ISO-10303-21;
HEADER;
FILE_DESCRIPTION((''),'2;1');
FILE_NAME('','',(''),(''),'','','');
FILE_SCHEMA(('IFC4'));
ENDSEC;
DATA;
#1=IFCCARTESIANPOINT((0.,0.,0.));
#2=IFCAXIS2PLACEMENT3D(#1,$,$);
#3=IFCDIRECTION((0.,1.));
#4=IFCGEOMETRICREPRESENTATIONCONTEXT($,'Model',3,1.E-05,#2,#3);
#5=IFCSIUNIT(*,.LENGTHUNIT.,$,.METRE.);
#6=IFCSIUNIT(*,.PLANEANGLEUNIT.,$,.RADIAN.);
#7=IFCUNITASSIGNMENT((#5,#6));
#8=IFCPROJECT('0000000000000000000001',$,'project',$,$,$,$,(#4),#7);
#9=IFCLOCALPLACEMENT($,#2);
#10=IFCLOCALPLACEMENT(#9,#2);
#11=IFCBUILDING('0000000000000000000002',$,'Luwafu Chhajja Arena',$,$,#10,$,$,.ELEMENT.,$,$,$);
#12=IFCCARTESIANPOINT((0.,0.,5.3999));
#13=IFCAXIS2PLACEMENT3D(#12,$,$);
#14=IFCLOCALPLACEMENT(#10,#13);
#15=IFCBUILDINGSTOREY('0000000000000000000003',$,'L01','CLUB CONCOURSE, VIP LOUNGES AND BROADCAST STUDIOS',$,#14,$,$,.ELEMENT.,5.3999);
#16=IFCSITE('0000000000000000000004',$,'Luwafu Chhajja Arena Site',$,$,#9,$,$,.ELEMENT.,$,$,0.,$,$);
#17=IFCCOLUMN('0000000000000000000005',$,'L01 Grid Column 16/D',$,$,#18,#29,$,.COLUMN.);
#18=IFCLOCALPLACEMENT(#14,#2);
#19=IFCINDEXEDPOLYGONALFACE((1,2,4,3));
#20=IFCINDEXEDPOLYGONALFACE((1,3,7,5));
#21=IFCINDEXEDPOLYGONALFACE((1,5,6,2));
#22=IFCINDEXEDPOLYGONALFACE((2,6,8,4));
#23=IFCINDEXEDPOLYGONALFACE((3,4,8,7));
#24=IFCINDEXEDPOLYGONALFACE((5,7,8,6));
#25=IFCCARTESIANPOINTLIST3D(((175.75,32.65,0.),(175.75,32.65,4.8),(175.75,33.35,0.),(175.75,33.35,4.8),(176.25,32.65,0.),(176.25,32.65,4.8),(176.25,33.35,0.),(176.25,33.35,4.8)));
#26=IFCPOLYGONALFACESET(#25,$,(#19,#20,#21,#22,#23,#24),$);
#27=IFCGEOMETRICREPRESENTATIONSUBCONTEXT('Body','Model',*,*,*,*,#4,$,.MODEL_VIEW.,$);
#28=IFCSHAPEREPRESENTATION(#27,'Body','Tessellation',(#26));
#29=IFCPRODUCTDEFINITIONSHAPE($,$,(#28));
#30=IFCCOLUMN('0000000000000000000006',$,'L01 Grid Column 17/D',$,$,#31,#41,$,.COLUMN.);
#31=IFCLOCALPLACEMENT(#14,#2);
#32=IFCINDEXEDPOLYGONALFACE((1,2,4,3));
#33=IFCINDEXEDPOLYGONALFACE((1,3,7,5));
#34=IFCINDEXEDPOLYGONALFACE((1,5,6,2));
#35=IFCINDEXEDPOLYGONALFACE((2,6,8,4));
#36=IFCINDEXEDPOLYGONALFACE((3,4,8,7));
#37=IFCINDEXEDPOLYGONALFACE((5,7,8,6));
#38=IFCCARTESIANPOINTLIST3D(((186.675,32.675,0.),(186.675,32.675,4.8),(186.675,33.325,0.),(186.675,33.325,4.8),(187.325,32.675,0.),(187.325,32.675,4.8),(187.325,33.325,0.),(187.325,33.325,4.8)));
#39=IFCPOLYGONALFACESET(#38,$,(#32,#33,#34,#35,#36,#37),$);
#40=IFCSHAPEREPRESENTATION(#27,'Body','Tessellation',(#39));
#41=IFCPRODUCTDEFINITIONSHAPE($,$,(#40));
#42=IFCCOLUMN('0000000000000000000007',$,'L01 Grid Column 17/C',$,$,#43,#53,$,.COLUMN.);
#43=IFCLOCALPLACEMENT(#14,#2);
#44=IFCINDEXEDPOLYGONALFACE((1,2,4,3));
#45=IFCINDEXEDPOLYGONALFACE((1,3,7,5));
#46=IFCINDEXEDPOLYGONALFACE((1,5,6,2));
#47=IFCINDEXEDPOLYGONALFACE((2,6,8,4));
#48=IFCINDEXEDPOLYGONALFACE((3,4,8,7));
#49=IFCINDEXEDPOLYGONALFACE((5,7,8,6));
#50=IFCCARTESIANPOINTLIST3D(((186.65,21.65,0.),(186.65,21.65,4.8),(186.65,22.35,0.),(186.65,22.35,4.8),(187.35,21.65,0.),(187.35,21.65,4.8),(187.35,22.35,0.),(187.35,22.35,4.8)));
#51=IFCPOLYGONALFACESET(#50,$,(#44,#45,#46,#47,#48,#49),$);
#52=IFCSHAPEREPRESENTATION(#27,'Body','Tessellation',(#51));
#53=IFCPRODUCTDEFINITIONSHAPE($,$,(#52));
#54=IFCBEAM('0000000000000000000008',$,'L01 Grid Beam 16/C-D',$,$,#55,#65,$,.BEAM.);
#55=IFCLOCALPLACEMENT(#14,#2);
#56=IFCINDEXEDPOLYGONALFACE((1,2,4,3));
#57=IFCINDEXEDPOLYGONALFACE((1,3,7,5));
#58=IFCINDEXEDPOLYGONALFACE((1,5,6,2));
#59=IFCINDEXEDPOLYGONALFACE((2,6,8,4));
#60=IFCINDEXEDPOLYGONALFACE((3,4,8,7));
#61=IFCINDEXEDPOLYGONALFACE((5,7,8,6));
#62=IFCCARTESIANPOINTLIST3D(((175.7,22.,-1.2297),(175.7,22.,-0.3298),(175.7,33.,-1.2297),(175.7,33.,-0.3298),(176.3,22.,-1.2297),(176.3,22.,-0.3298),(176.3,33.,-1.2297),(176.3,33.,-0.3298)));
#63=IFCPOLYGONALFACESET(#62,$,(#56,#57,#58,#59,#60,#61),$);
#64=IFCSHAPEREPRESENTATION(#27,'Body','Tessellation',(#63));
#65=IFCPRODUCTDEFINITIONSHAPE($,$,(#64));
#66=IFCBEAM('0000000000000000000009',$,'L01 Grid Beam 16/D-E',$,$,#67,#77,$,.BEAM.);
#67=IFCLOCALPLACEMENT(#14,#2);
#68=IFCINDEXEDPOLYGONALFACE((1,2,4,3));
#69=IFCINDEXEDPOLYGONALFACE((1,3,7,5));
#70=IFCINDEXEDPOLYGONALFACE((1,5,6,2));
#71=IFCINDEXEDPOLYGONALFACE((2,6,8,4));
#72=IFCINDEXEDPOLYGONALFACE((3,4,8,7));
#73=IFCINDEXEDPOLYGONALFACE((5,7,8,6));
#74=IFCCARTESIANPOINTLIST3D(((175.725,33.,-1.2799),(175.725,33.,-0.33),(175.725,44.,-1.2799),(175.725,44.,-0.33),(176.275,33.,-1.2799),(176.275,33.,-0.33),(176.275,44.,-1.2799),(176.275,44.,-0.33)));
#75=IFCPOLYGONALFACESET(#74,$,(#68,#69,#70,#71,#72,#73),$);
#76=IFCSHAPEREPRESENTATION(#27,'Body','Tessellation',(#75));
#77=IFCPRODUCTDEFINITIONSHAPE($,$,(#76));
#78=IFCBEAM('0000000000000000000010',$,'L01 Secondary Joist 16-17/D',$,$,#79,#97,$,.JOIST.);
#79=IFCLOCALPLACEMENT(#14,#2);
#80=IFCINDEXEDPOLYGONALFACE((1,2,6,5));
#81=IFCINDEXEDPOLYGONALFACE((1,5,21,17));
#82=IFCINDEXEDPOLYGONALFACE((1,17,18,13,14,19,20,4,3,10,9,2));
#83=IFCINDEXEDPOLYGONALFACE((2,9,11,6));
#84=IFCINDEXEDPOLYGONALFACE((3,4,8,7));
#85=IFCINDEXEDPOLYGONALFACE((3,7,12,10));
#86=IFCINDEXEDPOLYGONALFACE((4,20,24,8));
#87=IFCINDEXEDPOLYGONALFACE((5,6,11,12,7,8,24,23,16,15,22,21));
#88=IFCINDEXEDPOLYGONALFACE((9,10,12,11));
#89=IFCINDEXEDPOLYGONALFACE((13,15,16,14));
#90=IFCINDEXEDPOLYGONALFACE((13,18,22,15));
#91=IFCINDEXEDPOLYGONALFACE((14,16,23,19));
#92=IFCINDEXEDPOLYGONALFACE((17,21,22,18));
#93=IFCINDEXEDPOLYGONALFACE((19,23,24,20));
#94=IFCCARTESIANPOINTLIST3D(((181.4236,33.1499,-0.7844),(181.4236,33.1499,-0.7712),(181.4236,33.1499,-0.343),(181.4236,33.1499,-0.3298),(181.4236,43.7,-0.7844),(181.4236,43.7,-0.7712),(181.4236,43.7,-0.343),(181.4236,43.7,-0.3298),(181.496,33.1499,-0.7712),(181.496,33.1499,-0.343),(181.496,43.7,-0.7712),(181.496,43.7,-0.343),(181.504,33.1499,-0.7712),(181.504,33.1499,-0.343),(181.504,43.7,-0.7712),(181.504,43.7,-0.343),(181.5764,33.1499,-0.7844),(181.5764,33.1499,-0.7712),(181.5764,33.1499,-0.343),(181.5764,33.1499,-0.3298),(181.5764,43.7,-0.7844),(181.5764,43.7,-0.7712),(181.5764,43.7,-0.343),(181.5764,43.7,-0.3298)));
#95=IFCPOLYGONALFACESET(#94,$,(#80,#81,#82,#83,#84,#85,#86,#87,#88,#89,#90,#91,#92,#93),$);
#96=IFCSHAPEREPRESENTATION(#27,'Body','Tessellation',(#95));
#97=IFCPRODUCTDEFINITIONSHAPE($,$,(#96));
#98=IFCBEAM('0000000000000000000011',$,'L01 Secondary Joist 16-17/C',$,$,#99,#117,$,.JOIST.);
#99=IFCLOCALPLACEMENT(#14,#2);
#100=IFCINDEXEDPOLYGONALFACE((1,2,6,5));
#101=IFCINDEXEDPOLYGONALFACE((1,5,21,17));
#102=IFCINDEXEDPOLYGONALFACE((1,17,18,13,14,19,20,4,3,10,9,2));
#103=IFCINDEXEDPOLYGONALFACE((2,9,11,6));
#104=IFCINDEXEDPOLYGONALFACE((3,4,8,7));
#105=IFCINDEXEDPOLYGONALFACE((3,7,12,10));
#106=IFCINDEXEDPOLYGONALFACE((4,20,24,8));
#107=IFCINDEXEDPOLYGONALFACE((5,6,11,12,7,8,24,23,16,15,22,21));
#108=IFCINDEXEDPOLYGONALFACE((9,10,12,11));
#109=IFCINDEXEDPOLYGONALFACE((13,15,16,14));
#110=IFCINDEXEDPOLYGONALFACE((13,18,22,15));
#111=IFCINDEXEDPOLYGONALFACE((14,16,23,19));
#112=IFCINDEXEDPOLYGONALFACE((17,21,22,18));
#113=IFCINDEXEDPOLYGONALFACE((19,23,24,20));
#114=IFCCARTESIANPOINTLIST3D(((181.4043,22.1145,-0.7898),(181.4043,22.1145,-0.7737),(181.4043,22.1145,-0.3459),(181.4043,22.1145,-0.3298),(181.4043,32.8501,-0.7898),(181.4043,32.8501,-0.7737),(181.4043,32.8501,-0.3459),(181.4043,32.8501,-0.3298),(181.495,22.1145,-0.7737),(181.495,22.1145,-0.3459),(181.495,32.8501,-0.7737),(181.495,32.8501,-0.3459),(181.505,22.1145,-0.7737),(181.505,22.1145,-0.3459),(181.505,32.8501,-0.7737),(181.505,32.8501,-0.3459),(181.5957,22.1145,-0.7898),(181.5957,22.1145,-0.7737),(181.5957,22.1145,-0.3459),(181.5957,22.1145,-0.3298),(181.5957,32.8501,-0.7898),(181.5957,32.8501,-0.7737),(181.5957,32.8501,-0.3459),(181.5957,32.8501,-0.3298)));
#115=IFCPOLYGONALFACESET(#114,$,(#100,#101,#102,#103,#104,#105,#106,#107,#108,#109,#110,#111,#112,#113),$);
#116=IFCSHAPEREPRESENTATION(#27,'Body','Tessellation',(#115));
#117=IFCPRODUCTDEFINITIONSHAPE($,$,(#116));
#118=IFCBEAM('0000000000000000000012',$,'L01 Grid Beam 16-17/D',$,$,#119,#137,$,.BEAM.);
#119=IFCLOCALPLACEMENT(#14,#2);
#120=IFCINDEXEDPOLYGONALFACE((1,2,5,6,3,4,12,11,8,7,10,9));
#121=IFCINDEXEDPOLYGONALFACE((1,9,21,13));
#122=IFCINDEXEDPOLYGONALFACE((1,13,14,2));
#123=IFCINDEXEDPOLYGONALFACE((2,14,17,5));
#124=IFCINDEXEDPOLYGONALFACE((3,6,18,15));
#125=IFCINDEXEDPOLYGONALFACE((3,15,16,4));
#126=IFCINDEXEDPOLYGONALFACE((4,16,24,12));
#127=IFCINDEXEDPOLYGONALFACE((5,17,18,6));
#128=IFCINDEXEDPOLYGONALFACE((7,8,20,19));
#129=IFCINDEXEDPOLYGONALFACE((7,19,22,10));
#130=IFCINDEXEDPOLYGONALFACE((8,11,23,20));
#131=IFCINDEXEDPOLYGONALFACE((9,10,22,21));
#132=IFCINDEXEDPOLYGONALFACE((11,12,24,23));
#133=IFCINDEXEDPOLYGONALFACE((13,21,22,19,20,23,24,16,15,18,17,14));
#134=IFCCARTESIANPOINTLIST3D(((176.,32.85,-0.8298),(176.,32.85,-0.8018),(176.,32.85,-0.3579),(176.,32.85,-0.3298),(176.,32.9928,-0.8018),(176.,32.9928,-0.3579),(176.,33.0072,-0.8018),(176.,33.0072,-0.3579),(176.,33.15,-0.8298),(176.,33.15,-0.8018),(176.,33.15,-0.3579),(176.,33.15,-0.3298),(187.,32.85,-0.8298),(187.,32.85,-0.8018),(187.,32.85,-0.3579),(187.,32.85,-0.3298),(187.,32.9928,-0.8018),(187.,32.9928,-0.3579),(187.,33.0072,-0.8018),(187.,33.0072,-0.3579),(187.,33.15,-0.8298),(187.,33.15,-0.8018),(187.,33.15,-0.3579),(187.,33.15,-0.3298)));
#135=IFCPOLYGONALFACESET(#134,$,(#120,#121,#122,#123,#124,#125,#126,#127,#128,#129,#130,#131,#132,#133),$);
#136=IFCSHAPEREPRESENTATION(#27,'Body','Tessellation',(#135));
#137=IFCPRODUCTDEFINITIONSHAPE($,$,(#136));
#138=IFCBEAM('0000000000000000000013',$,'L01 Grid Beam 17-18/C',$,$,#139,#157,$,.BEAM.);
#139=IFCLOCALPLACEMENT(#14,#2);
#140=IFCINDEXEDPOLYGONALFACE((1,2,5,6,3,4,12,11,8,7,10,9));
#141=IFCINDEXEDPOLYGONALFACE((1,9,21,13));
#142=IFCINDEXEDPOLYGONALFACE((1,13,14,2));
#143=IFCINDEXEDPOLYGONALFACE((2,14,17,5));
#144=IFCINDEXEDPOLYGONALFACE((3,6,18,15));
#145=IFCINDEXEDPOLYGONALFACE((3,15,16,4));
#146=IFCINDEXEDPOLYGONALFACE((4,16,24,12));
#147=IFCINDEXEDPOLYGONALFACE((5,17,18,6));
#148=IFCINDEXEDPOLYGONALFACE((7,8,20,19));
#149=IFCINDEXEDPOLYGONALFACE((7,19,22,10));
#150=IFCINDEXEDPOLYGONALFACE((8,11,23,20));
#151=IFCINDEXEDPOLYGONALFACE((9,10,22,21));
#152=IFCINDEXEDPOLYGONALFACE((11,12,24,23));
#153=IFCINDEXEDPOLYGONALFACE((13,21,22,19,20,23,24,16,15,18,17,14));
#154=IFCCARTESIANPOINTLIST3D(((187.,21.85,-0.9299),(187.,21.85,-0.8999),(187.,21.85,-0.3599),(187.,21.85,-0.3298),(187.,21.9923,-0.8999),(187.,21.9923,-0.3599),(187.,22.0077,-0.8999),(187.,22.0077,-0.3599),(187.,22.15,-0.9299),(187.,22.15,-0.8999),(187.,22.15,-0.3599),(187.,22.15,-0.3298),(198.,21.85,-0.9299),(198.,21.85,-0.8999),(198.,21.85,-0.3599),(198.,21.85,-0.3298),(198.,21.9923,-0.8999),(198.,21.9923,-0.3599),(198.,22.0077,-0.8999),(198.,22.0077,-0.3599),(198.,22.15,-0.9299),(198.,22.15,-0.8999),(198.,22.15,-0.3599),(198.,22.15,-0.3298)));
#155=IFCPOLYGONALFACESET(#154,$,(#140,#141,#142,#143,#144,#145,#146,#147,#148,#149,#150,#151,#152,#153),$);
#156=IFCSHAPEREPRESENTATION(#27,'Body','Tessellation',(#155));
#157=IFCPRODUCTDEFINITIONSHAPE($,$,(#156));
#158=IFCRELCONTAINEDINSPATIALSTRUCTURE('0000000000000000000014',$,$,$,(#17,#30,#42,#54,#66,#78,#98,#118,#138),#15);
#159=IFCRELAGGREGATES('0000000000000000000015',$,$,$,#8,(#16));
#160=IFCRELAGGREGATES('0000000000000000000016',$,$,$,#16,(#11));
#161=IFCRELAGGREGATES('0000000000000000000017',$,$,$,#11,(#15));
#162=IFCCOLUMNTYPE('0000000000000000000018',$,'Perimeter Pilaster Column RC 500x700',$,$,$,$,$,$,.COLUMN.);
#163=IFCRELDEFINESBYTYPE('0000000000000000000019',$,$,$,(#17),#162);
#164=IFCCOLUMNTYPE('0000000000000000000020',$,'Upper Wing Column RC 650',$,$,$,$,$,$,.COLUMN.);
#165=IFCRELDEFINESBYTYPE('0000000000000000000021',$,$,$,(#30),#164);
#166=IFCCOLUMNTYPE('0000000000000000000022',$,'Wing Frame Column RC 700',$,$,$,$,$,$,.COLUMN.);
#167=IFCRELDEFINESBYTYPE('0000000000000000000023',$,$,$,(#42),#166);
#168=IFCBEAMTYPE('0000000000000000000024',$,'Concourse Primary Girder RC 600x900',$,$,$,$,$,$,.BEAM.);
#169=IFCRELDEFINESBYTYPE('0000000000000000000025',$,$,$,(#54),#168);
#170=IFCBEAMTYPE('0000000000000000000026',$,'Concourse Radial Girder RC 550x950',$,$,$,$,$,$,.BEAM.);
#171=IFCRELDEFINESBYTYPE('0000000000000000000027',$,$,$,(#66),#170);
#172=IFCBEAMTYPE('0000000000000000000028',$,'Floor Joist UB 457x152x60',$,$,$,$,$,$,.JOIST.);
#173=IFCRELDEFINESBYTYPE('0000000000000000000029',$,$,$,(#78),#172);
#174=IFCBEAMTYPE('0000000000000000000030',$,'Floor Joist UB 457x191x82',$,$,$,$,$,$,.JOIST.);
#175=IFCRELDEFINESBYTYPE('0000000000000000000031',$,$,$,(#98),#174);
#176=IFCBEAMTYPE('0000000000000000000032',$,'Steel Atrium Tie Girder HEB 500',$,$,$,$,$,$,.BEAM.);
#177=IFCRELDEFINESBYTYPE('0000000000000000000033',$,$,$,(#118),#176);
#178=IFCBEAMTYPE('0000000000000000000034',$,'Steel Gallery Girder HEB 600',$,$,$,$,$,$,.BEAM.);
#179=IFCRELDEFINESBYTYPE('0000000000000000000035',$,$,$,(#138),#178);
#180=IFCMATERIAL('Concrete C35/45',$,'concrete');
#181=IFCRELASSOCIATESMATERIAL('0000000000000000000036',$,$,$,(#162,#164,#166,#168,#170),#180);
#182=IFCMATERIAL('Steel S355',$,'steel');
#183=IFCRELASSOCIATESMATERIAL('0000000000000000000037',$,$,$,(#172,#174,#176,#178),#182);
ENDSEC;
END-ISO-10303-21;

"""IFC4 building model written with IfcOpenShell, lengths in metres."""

from ifc_helpers import new_model, si_unit, direction, frame, origin, origin_2d, place, context, subcontext, project, spatial, rectangle, i_section, extrude, material, material_profile, profile_set, type_object, element, save


model = new_model("IFC4")

# Units and contexts
model_context = context("Model", 3, precision=1e-05, world=origin(), true_north=direction((0.0, 1.0)))
body_context = subcontext(model_context, "Body", "Model", "MODEL_VIEW")
ifc_project = project(units=[si_unit("LENGTHUNIT", "METRE"), si_unit("PLANEANGLEUNIT", "RADIAN")], contexts=[model_context])

# Site, building, storey
site_placement = place(None, origin())
site = spatial("IfcSite", under=ifc_project, at=site_placement, Name="Luwafu Chhajja Arena Site", CompositionType="ELEMENT", RefElevation=0.0)
building_placement = place(site_placement, origin())
building = spatial("IfcBuilding", under=site, at=building_placement, Name="Luwafu Chhajja Arena", CompositionType="ELEMENT")
storey_placement = place(building_placement, frame((0.0, 0.0, 5.3999)))
storey = spatial("IfcBuildingStorey", under=building, at=storey_placement, Name="L01", Description="CLUB CONCOURSE, VIP LOUNGES AND BROADCAST STUDIOS", CompositionType="ELEMENT", Elevation=5.3999)

# Columns
ifc_material_1 = material(Name="Concrete C35/45", Category="concrete")
ifc_material_profile_1 = material_profile(ifc_material_1, rectangle(XDim=0.5, YDim=0.7, at=origin_2d()), Name="RC 500x700")
ifc_profile_set_1 = profile_set([ifc_material_profile_1], Name="Concrete C35/45")
column_type_1 = type_object("IfcColumnType", Name="Perimeter Pilaster Column RC 500x700", PredefinedType="COLUMN", material=ifc_profile_set_1)
column_1_placement = place(storey_placement, frame((176.0, 33.0, 0.0), z_axis=(0.0, 0.0, 1.0), x_axis=(1.0, 0.0, 0.0)))
element("IfcColumn", 1, at=column_1_placement, inside=storey, type_object=column_type_1, Name="L01 Grid Column 16/D", PredefinedType="COLUMN", context=body_context, shape_type="SweptSolid", body=[
    extrude(rectangle(XDim=0.5, YDim=0.7, at=origin_2d()), origin(), (0.0, 0.0, 1.0), 4.8),
])
ifc_material_profile_2 = material_profile(ifc_material_1, rectangle(XDim=0.6499, YDim=0.6499, at=origin_2d()), Name="RC 650x650")
ifc_profile_set_2 = profile_set([ifc_material_profile_2], Name="Concrete C35/45")
column_type_2 = type_object("IfcColumnType", Name="Upper Wing Column RC 650", PredefinedType="COLUMN", material=ifc_profile_set_2)
column_2_placement = place(storey_placement, frame((187.0, 33.0, 0.0), z_axis=(0.0, 0.0, 1.0), x_axis=(1.0, 0.0, 0.0)))
element("IfcColumn", 2, at=column_2_placement, inside=storey, type_object=column_type_2, Name="L01 Grid Column 17/D", PredefinedType="COLUMN", context=body_context, shape_type="SweptSolid", body=[
    extrude(rectangle(XDim=0.6499, YDim=0.6499, at=origin_2d()), origin(), (0.0, 0.0, 1.0), 4.8),
])
ifc_material_profile_3 = material_profile(ifc_material_1, rectangle(XDim=0.7, YDim=0.7, at=origin_2d()), Name="RC 700x700")
ifc_profile_set_3 = profile_set([ifc_material_profile_3], Name="Concrete C35/45")
column_type_3 = type_object("IfcColumnType", Name="Wing Frame Column RC 700", PredefinedType="COLUMN", material=ifc_profile_set_3)
column_3_placement = place(storey_placement, frame((187.0, 22.0, 0.0), z_axis=(0.0, 0.0, 1.0), x_axis=(1.0, 0.0, 0.0)))
element("IfcColumn", 3, at=column_3_placement, inside=storey, type_object=column_type_3, Name="L01 Grid Column 17/C", PredefinedType="COLUMN", context=body_context, shape_type="SweptSolid", body=[
    extrude(rectangle(XDim=0.7, YDim=0.7, at=origin_2d()), origin(), (0.0, 0.0, 1.0), 4.8),
])

# Beams
ifc_material_profile_4 = material_profile(ifc_material_1, rectangle(XDim=0.6001, YDim=0.8999, at=origin_2d()), Name="RC 600x900")
ifc_profile_set_4 = profile_set([ifc_material_profile_4], Name="Concrete C35/45")
beam_type_1 = type_object("IfcBeamType", Name="Concourse Primary Girder RC 600x900", PredefinedType="BEAM", material=ifc_profile_set_4)
beam_1_placement = place(storey_placement, frame((176.0, 22.0, -0.7798), z_axis=(0.0, 1.0, 0.0), x_axis=(-1.0, 0.0, 0.0)))
element("IfcBeam", 4, at=beam_1_placement, inside=storey, type_object=beam_type_1, Name="L01 Grid Beam 16/C-D", PredefinedType="BEAM", context=body_context, shape_type="SweptSolid", body=[
    extrude(rectangle(XDim=0.6001, YDim=0.8999, at=origin_2d()), origin(), (0.0, 0.0, 1.0), 11.0),
])
ifc_material_profile_5 = material_profile(ifc_material_1, rectangle(XDim=0.55, YDim=0.95, at=origin_2d()), Name="RC 550x950")
ifc_profile_set_5 = profile_set([ifc_material_profile_5], Name="Concrete C35/45")
beam_type_2 = type_object("IfcBeamType", Name="Concourse Radial Girder RC 550x950", PredefinedType="BEAM", material=ifc_profile_set_5)
beam_2_placement = place(storey_placement, frame((176.0, 33.0, -0.8049), z_axis=(0.0, 1.0, 0.0), x_axis=(-1.0, 0.0, 0.0)))
element("IfcBeam", 5, at=beam_2_placement, inside=storey, type_object=beam_type_2, Name="L01 Grid Beam 16/D-E", PredefinedType="BEAM", context=body_context, shape_type="SweptSolid", body=[
    extrude(rectangle(XDim=0.55, YDim=0.95, at=origin_2d()), origin(), (0.0, 0.0, 1.0), 11.0),
])
ifc_material_2 = material(Name="Steel S355", Category="steel")
ifc_material_profile_6 = material_profile(ifc_material_2, i_section(OverallWidth=0.1528, OverallDepth=0.4546, WebThickness=0.0081, FlangeThickness=0.0132, at=origin_2d()), Name="UB 457x152x60")
ifc_profile_set_6 = profile_set([ifc_material_profile_6], Name="Steel S355")
beam_type_3 = type_object("IfcBeamType", Name="Floor Joist UB 457x152x60", PredefinedType="JOIST", material=ifc_profile_set_6)
beam_3_placement = place(storey_placement, frame((181.5, 33.1499, -0.5571), z_axis=(0.0, 1.0, 0.0), x_axis=(-1.0, 0.0, 0.0)))
element("IfcBeam", 6, at=beam_3_placement, inside=storey, type_object=beam_type_3, Name="L01 Secondary Joist 16-17/D", PredefinedType="JOIST", context=body_context, shape_type="SweptSolid", body=[
    extrude(i_section(OverallWidth=0.1528, OverallDepth=0.4546, WebThickness=0.0081, FlangeThickness=0.0132, at=origin_2d()), origin(), (0.0, 0.0, 1.0), 10.55),
])
ifc_material_profile_7 = material_profile(ifc_material_2, i_section(OverallWidth=0.1914, OverallDepth=0.46, WebThickness=0.01, FlangeThickness=0.0161, at=origin_2d()), Name="UB 457x191x82")
ifc_profile_set_7 = profile_set([ifc_material_profile_7], Name="Steel S355")
beam_type_4 = type_object("IfcBeamType", Name="Floor Joist UB 457x191x82", PredefinedType="JOIST", material=ifc_profile_set_7)
beam_4_placement = place(storey_placement, frame((181.5, 22.1145, -0.5598), z_axis=(0.0, 1.0, 0.0), x_axis=(-1.0, 0.0, 0.0)))
element("IfcBeam", 7, at=beam_4_placement, inside=storey, type_object=beam_type_4, Name="L01 Secondary Joist 16-17/C", PredefinedType="JOIST", context=body_context, shape_type="SweptSolid", body=[
    extrude(i_section(OverallWidth=0.1914, OverallDepth=0.46, WebThickness=0.01, FlangeThickness=0.0161, at=origin_2d()), origin(), (0.0, 0.0, 1.0), 10.7356),
])
ifc_material_profile_8 = material_profile(ifc_material_2, i_section(OverallWidth=0.3, OverallDepth=0.5, WebThickness=0.0144, FlangeThickness=0.0281, at=origin_2d()), Name="HEB 500")
ifc_profile_set_8 = profile_set([ifc_material_profile_8], Name="Steel S355")
beam_type_5 = type_object("IfcBeamType", Name="Steel Atrium Tie Girder HEB 500", PredefinedType="BEAM", material=ifc_profile_set_8)
beam_5_placement = place(storey_placement, frame((176.0, 33.0, -0.5798), z_axis=(1.0, 0.0, 0.0), x_axis=(0.0, 1.0, 0.0)))
element("IfcBeam", 8, at=beam_5_placement, inside=storey, type_object=beam_type_5, Name="L01 Grid Beam 16-17/D", PredefinedType="BEAM", context=body_context, shape_type="SweptSolid", body=[
    extrude(i_section(OverallWidth=0.3, OverallDepth=0.5, WebThickness=0.0144, FlangeThickness=0.0281, at=origin_2d()), origin(), (0.0, 0.0, 1.0), 11.0),
])
ifc_material_profile_9 = material_profile(ifc_material_2, i_section(OverallWidth=0.3, OverallDepth=0.6001, WebThickness=0.0154, FlangeThickness=0.03, at=origin_2d()), Name="HEB 600")
ifc_profile_set_9 = profile_set([ifc_material_profile_9], Name="Steel S355")
beam_type_6 = type_object("IfcBeamType", Name="Steel Gallery Girder HEB 600", PredefinedType="BEAM", material=ifc_profile_set_9)
beam_6_placement = place(storey_placement, frame((187.0, 22.0, -0.6299), z_axis=(1.0, 0.0, 0.0), x_axis=(0.0, 1.0, 0.0)))
element("IfcBeam", 9, at=beam_6_placement, inside=storey, type_object=beam_type_6, Name="L01 Grid Beam 17-18/C", PredefinedType="BEAM", context=body_context, shape_type="SweptSolid", body=[
    extrude(i_section(OverallWidth=0.3, OverallDepth=0.6001, WebThickness=0.0154, FlangeThickness=0.03, at=origin_2d()), origin(), (0.0, 0.0, 1.0), 11.0),
])

save(model, "model.ifc")
